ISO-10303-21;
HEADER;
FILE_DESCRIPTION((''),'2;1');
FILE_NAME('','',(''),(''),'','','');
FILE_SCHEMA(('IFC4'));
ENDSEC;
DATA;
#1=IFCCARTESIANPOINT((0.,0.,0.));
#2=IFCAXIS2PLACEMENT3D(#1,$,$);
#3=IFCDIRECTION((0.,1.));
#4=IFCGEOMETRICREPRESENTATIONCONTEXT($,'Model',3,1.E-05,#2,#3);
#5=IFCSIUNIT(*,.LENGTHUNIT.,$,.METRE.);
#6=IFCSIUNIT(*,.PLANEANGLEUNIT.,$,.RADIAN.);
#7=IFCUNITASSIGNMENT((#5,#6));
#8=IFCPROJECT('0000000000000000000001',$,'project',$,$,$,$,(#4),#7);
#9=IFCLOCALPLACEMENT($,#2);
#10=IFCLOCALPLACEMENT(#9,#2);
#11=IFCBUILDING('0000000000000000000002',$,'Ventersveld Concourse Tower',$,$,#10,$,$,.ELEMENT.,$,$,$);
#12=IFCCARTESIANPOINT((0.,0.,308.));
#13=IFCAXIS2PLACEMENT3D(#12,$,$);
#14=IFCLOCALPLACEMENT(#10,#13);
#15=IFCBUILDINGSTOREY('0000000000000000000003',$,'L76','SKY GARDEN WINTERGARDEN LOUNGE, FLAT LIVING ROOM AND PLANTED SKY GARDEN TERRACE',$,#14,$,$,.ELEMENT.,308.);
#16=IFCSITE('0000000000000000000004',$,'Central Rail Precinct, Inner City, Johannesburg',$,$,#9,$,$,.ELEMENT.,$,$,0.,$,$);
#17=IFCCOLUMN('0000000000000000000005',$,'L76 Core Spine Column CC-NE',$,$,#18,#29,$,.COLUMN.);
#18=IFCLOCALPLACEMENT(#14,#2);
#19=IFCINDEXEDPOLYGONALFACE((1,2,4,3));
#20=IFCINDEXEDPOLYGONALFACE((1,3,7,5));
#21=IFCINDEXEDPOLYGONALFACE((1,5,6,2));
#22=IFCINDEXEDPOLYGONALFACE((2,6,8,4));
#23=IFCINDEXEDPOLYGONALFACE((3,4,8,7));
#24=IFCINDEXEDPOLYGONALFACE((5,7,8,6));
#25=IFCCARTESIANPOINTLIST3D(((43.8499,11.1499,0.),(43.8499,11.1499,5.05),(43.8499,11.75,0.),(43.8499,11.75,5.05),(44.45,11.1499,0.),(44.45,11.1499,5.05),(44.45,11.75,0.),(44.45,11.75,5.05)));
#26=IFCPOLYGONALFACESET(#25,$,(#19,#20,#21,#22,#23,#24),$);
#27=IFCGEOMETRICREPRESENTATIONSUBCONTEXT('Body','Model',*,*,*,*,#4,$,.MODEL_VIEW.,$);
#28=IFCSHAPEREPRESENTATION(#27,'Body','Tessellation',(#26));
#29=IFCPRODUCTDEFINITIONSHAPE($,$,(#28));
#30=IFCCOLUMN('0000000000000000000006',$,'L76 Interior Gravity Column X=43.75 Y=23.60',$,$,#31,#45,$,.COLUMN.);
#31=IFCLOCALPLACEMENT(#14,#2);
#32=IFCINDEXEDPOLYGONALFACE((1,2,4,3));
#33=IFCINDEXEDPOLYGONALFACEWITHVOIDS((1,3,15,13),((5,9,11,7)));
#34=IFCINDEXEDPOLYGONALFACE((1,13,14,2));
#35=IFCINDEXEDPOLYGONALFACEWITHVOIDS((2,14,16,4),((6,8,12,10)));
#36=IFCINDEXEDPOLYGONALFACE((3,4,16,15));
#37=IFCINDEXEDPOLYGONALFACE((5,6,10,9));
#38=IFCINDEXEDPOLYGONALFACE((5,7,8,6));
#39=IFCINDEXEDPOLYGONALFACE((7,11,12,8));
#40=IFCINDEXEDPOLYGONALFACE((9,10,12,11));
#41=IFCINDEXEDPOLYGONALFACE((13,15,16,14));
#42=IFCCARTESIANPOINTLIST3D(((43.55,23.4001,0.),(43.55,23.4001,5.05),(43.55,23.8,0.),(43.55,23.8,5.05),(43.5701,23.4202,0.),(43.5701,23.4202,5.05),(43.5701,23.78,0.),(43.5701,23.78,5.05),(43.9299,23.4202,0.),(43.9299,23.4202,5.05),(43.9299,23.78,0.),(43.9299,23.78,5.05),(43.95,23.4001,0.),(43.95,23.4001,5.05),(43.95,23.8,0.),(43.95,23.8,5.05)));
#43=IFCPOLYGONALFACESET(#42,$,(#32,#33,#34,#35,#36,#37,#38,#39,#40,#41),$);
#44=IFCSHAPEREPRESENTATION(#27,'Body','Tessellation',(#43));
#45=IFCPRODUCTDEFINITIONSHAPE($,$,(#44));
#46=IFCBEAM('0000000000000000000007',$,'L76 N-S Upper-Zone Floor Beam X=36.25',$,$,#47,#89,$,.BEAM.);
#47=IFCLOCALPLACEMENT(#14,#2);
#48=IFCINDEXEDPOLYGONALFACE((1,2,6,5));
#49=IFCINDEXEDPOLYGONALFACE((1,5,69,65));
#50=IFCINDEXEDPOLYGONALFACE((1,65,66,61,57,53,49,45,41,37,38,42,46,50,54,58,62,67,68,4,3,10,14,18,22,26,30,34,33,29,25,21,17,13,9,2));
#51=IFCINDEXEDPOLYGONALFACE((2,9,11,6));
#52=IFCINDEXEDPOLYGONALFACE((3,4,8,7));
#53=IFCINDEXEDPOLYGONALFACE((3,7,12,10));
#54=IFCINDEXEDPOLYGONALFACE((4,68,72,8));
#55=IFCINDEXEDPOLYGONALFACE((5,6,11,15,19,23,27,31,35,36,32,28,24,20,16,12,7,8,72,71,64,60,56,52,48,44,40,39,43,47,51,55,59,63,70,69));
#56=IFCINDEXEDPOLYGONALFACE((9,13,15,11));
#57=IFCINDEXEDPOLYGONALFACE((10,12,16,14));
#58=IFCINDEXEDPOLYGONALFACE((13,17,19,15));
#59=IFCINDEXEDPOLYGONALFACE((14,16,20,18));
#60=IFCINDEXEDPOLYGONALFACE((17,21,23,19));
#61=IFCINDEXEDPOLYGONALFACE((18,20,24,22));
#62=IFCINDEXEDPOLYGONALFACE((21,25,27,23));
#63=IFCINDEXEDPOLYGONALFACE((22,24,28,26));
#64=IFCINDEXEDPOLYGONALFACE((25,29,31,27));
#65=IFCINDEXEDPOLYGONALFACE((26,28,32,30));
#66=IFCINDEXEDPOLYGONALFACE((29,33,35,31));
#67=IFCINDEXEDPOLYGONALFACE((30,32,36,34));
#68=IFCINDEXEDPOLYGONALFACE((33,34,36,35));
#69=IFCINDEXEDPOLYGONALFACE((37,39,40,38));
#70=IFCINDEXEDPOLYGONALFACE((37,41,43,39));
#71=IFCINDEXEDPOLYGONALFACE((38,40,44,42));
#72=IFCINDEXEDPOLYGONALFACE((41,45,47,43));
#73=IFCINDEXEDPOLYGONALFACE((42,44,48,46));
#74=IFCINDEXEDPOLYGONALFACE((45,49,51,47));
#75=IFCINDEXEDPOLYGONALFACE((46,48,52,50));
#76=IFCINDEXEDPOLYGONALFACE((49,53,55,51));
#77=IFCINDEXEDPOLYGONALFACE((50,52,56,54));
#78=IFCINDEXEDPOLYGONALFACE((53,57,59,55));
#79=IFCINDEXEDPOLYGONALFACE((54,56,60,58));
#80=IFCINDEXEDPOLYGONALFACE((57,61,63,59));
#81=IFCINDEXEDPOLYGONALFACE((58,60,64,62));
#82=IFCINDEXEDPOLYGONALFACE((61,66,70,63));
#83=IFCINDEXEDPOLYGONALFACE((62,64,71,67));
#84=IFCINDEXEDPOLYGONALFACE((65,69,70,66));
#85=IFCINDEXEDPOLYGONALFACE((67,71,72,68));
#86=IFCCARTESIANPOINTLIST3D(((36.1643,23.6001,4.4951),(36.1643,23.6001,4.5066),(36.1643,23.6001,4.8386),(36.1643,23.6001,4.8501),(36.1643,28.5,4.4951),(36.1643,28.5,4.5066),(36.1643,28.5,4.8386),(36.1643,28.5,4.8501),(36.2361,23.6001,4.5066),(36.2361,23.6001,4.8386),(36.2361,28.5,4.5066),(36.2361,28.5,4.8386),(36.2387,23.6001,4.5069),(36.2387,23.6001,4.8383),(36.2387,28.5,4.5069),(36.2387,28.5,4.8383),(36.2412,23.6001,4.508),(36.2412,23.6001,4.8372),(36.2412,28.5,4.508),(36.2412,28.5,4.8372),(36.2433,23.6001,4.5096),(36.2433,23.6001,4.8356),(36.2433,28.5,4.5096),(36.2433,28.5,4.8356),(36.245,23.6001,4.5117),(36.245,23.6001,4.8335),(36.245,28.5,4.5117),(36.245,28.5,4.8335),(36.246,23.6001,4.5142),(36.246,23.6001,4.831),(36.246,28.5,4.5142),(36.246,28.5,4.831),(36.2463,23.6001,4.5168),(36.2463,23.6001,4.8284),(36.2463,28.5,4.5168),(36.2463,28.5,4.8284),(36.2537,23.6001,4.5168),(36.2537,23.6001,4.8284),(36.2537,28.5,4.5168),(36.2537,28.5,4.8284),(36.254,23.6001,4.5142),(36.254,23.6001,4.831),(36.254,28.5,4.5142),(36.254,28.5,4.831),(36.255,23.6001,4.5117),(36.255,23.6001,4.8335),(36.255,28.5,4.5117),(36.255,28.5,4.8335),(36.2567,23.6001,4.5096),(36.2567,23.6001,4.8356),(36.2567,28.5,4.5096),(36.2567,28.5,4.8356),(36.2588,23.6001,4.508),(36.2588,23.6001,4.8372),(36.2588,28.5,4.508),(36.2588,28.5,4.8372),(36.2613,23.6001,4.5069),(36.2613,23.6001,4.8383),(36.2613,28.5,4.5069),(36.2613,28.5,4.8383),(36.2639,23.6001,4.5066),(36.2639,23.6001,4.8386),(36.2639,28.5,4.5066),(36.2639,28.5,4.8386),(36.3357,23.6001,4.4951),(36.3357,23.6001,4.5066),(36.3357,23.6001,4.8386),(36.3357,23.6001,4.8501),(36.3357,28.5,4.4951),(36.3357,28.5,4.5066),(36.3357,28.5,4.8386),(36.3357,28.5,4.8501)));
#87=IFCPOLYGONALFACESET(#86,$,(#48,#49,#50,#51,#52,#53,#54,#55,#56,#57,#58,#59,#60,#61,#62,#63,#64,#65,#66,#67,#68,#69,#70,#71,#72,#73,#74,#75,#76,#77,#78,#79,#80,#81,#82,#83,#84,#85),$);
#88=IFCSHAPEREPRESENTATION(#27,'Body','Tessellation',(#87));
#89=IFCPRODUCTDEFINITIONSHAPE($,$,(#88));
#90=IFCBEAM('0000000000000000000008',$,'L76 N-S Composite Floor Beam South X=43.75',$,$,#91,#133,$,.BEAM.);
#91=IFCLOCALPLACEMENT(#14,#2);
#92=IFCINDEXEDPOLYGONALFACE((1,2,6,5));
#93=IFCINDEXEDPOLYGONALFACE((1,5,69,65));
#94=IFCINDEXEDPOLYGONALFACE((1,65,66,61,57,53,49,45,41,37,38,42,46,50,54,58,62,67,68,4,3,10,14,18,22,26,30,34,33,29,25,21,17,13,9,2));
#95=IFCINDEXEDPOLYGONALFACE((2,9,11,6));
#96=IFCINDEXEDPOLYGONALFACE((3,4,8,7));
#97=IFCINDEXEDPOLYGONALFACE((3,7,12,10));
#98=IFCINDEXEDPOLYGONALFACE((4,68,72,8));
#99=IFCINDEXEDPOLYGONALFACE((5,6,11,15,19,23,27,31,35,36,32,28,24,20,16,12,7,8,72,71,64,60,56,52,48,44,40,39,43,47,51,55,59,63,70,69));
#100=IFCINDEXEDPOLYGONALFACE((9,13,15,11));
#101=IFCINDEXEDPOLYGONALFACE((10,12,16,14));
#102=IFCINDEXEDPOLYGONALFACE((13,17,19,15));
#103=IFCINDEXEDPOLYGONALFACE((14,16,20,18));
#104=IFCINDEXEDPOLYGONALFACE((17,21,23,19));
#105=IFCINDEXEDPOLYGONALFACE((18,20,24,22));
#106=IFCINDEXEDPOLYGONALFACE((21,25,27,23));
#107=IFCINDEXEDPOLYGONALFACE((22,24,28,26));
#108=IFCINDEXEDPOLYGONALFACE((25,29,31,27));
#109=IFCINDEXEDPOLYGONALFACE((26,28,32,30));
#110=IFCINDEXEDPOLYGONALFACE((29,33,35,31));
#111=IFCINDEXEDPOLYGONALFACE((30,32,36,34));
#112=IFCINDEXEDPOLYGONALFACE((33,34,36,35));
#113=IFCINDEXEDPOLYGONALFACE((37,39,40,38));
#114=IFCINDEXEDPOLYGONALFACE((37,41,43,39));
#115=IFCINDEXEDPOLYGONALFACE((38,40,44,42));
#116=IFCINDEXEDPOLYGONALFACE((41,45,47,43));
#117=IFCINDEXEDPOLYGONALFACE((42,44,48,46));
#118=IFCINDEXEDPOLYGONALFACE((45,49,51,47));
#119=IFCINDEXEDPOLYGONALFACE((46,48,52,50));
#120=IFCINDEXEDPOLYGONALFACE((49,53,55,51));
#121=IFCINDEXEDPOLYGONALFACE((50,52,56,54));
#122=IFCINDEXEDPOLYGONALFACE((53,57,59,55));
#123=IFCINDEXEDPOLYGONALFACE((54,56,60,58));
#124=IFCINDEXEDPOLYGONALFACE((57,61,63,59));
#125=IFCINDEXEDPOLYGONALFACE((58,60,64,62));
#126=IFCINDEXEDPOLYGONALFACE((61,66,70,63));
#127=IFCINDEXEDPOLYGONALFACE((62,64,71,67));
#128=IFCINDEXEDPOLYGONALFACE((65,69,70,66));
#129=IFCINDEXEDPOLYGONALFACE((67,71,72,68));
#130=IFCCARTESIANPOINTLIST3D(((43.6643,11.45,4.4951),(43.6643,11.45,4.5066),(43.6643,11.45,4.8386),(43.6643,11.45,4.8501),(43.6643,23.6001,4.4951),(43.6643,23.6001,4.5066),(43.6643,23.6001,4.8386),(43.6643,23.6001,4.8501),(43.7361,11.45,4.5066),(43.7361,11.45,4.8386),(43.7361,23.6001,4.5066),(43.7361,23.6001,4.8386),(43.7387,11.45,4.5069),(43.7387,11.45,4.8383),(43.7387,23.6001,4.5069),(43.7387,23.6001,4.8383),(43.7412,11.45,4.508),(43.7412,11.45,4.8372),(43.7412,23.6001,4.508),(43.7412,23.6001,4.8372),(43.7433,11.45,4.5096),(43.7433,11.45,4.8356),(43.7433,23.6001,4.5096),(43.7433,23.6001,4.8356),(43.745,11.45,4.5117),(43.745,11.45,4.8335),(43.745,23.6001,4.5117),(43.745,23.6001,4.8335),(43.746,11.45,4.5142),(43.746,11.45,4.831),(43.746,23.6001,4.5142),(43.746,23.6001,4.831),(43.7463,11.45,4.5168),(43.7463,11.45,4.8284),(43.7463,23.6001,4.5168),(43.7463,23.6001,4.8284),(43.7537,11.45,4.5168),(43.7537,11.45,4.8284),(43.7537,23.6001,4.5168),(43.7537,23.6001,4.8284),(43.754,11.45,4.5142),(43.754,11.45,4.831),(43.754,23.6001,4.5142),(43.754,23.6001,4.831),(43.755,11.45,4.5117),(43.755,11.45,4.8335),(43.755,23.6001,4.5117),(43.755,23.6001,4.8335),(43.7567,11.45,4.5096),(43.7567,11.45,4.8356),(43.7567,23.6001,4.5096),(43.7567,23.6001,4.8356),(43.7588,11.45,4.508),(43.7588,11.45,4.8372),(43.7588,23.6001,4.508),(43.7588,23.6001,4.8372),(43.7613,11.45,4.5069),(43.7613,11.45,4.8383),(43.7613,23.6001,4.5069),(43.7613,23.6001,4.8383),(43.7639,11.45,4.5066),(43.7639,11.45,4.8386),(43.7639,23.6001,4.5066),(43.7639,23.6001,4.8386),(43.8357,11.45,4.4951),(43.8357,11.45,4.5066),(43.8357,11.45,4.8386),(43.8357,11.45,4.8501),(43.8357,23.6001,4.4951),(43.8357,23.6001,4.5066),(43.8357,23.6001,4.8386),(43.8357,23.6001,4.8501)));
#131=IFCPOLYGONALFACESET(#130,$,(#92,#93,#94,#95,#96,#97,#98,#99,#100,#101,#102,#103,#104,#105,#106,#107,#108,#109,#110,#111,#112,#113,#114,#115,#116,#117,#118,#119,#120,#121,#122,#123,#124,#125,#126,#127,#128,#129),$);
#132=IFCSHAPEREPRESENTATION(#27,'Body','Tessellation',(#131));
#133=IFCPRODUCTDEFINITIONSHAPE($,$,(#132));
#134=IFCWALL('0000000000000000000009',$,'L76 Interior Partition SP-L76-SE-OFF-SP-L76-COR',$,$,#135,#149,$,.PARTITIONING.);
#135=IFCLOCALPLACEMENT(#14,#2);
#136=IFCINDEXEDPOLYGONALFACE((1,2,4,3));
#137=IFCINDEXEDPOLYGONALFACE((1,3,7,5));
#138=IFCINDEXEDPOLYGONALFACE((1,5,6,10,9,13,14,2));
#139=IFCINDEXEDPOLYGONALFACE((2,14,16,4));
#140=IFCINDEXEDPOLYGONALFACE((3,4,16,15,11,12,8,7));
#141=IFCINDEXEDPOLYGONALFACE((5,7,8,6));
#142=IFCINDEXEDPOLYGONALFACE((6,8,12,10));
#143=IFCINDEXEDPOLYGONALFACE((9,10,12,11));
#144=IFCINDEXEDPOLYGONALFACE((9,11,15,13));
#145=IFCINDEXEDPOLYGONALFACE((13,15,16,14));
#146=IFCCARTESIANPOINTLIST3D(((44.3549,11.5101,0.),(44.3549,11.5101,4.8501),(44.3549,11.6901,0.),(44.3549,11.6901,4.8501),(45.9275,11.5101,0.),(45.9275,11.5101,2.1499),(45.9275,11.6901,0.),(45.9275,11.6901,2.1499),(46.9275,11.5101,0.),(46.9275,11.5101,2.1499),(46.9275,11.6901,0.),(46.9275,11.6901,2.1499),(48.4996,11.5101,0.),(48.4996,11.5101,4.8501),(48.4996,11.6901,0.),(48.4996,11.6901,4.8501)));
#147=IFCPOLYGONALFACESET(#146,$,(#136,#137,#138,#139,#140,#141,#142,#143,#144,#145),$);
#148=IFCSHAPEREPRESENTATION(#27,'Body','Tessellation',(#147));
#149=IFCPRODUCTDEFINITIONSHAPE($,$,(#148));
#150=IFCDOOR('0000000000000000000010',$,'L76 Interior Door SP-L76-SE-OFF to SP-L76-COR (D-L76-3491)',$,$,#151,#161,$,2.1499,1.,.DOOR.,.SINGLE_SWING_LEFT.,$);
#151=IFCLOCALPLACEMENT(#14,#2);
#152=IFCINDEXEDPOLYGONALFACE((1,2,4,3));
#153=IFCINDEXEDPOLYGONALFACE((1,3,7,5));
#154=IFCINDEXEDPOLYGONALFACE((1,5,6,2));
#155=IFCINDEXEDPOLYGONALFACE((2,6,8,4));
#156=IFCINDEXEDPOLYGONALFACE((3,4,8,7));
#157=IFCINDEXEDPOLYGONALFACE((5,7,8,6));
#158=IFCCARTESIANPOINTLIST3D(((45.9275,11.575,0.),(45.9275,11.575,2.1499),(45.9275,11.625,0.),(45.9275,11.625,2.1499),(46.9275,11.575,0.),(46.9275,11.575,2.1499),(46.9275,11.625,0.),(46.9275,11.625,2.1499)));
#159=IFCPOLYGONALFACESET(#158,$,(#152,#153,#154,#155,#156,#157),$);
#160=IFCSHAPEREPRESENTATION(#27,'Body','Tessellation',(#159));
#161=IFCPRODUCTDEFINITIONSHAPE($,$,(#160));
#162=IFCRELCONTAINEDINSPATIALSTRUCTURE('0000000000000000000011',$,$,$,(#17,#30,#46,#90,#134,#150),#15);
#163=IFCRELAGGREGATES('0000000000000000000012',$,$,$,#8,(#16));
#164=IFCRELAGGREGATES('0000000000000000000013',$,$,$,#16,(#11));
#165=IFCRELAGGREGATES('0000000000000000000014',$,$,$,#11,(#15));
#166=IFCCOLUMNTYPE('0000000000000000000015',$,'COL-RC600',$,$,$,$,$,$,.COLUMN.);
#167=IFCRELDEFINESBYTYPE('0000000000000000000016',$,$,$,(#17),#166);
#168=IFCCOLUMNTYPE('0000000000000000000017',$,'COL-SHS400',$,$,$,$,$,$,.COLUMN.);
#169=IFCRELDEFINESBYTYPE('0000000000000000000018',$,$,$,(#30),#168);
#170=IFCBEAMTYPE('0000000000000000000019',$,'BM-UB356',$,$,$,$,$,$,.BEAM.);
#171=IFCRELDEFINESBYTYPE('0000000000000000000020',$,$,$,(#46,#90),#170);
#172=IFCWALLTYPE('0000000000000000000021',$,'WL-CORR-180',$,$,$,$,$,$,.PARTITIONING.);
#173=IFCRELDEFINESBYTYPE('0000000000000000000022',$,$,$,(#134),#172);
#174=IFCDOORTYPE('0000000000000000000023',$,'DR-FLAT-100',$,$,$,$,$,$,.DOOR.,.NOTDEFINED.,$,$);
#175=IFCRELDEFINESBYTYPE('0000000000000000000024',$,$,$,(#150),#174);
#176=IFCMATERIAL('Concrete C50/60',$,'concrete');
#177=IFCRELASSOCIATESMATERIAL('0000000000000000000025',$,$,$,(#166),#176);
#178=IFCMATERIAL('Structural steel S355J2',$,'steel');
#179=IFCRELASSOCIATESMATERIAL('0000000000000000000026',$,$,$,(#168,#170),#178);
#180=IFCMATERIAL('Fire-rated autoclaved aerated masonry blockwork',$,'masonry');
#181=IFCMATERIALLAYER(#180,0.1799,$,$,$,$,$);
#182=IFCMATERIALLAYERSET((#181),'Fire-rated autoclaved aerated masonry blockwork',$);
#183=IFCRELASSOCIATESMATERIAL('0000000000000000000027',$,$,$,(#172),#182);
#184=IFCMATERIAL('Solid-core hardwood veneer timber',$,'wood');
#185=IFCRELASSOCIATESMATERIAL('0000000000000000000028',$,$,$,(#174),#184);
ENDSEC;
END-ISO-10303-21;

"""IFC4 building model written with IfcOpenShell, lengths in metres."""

from ifc_helpers import new_model, si_unit, direction, frame, frame_2d, origin, origin_2d, place, context, subcontext, project, spatial, rectangle, hollow_rectangle, i_section, extrude, material, layer, layer_set, material_profile, profile_set, type_object, element, fill, save


model = new_model("IFC4")

# Units and contexts
model_context = context("Model", 3, precision=1e-05, world=origin(), true_north=direction((0.0, 1.0)))
body_context = subcontext(model_context, "Body", "Model", "MODEL_VIEW")
ifc_project = project(units=[si_unit("LENGTHUNIT", "METRE"), si_unit("PLANEANGLEUNIT", "RADIAN")], contexts=[model_context])

# Site, building, storey
site_placement = place(None, origin())
site = spatial("IfcSite", under=ifc_project, at=site_placement, Name="Central Rail Precinct, Inner City, Johannesburg", CompositionType="ELEMENT", RefElevation=0.0)
building_placement = place(site_placement, origin())
building = spatial("IfcBuilding", under=site, at=building_placement, Name="Ventersveld Concourse Tower", CompositionType="ELEMENT")
storey_placement = place(building_placement, frame((0.0, 0.0, 308.0)))
storey = spatial("IfcBuildingStorey", under=building, at=storey_placement, Name="L76", Description="SKY GARDEN WINTERGARDEN LOUNGE, FLAT LIVING ROOM AND PLANTED SKY GARDEN TERRACE", CompositionType="ELEMENT", Elevation=308.0)

# Columns
ifc_material_1 = material(Name="Concrete C50/60", Category="concrete")
ifc_material_profile_1 = material_profile(ifc_material_1, rectangle(XDim=0.6001, YDim=0.6001, at=origin_2d()), Name="RC 600x600")
ifc_profile_set_1 = profile_set([ifc_material_profile_1], Name="Concrete C50/60")
column_type_1 = type_object("IfcColumnType", Name="COL-RC600", PredefinedType="COLUMN", material=ifc_profile_set_1)
column_1_placement = place(storey_placement, frame((44.1499, 11.45, 0.0), z_axis=(0.0, 0.0, 1.0), x_axis=(1.0, 0.0, 0.0)))
element("IfcColumn", 1, at=column_1_placement, inside=storey, type_object=column_type_1, Name="L76 Core Spine Column CC-NE", PredefinedType="COLUMN", context=body_context, shape_type="SweptSolid", body=[
    extrude(rectangle(XDim=0.6001, YDim=0.6001, at=origin_2d()), origin(), (0.0, 0.0, 1.0), 5.05),
])
ifc_material_2 = material(Name="Structural steel S355J2", Category="steel")
ifc_material_profile_2 = material_profile(ifc_material_2, hollow_rectangle(XDim=0.3999, YDim=0.3999, WallThickness=0.02, at=origin_2d()), Name="SHS 400x400x20")
ifc_profile_set_2 = profile_set([ifc_material_profile_2], Name="Structural steel S355J2")
column_type_2 = type_object("IfcColumnType", Name="COL-SHS400", PredefinedType="COLUMN", material=ifc_profile_set_2)
column_2_placement = place(storey_placement, frame((43.75, 23.6001, 0.0), z_axis=(0.0, 0.0, 1.0), x_axis=(1.0, 0.0, 0.0)))
element("IfcColumn", 2, at=column_2_placement, inside=storey, type_object=column_type_2, Name="L76 Interior Gravity Column X=43.75 Y=23.60", PredefinedType="COLUMN", context=body_context, shape_type="SweptSolid", body=[
    extrude(hollow_rectangle(XDim=0.3999, YDim=0.3999, WallThickness=0.02, at=origin_2d()), origin(), (0.0, 0.0, 1.0), 5.05),
])

# Beams
ifc_material_profile_3 = material_profile(ifc_material_2, i_section(OverallWidth=0.1714, OverallDepth=0.355, WebThickness=0.0073, FlangeThickness=0.0115, FilletRadius=0.0103, at=origin_2d()), Name="UB 356x171x51")
ifc_profile_set_3 = profile_set([ifc_material_profile_3], Name="Structural steel S355J2")
beam_type = type_object("IfcBeamType", Name="BM-UB356", PredefinedType="BEAM", material=ifc_profile_set_3)
beam_1_placement = place(storey_placement, frame((36.25, 23.6001, 4.6726), z_axis=(0.0, 1.0, 0.0), x_axis=(-1.0, 0.0, 0.0)))
element("IfcBeam", 3, at=beam_1_placement, inside=storey, type_object=beam_type, Name="L76 N-S Upper-Zone Floor Beam X=36.25", PredefinedType="BEAM", context=body_context, shape_type="SweptSolid", body=[
    extrude(i_section(OverallWidth=0.1714, OverallDepth=0.355, WebThickness=0.0073, FlangeThickness=0.0115, FilletRadius=0.0103, at=origin_2d()), origin(), (0.0, 0.0, 1.0), 4.8999),
])
beam_2_placement = place(storey_placement, frame((43.75, 11.45, 4.6726), z_axis=(0.0, 1.0, 0.0), x_axis=(-1.0, 0.0, 0.0)))
element("IfcBeam", 4, at=beam_2_placement, inside=storey, type_object=beam_type, Name="L76 N-S Composite Floor Beam South X=43.75", PredefinedType="BEAM", context=body_context, shape_type="SweptSolid", body=[
    extrude(i_section(OverallWidth=0.1714, OverallDepth=0.355, WebThickness=0.0073, FlangeThickness=0.0115, FilletRadius=0.0103, at=origin_2d()), origin(), (0.0, 0.0, 1.0), 12.1501),
])

# Wall, opening, door
ifc_material_3 = material(Name="Fire-rated autoclaved aerated masonry blockwork", Category="masonry")
ifc_layer_1 = layer(ifc_material_3, 0.1799)
ifc_layer_set_1 = layer_set([ifc_layer_1], Name="Fire-rated autoclaved aerated masonry blockwork")
wall_type_1 = type_object("IfcWallType", Name="WL-CORR-180", PredefinedType="PARTITIONING", material=ifc_layer_set_1)
wall_1_placement = place(storey_placement, frame((44.355, 11.6001, 0.0), z_axis=(0.0, 0.0, 1.0), x_axis=(1.0, 0.0, 0.0)))
wall_1 = element("IfcWall", 5, at=wall_1_placement, inside=storey, type_object=wall_type_1, Name="L76 Interior Partition SP-L76-SE-OFF-SP-L76-COR", PredefinedType="PARTITIONING", context=body_context, shape_type="SweptSolid", body=[
    extrude(rectangle(XDim=4.1448, YDim=0.1799, at=frame_2d((2.0723, 0.0))), origin(), (0.0, 0.0, 1.0), 4.8501),
])
opening_1_placement = place(wall_1_placement, frame((1.5725, 0.0, 0.0)))
opening_1 = element("IfcOpeningElement", 6, at=opening_1_placement, cuts=wall_1, PredefinedType="OPENING", context=body_context, shape_type="SweptSolid", body=[
    extrude(rectangle(XDim=1.0, YDim=2.1499, at=frame_2d((0.5, 1.075))), frame((0.0, 0.1001, 0.0), z_axis=(0.0, -1.0, 0.0), x_axis=(1.0, 0.0, 0.0)), (0.0, 0.0, 1.0), 0.2),
])
ifc_material_4 = material(Name="Solid-core hardwood veneer timber", Category="wood")
door_type_1 = type_object("IfcDoorType", Name="DR-FLAT-100", OperationType="NOTDEFINED", PredefinedType="DOOR", material=ifc_material_4)
door_1_placement = place(opening_1_placement, origin())
door_1 = element("IfcDoor", 7, at=door_1_placement, inside=storey, type_object=door_type_1, Name="L76 Interior Door SP-L76-SE-OFF to SP-L76-COR (D-L76-3491)", OperationType="SINGLE_SWING_LEFT", OverallHeight=2.1499, OverallWidth=1.0, PredefinedType="DOOR", context=body_context, shape_type="SweptSolid", body=[
    extrude(rectangle(XDim=1.0, YDim=2.1499, at=frame_2d((0.5, 1.075))), frame((0.0, 0.0249, 0.0), z_axis=(0.0, -1.0, 0.0), x_axis=(1.0, 0.0, 0.0)), (0.0, 0.0, 1.0), 0.05),
])
fill(opening_1, door_1)

save(model, "model.ifc")
